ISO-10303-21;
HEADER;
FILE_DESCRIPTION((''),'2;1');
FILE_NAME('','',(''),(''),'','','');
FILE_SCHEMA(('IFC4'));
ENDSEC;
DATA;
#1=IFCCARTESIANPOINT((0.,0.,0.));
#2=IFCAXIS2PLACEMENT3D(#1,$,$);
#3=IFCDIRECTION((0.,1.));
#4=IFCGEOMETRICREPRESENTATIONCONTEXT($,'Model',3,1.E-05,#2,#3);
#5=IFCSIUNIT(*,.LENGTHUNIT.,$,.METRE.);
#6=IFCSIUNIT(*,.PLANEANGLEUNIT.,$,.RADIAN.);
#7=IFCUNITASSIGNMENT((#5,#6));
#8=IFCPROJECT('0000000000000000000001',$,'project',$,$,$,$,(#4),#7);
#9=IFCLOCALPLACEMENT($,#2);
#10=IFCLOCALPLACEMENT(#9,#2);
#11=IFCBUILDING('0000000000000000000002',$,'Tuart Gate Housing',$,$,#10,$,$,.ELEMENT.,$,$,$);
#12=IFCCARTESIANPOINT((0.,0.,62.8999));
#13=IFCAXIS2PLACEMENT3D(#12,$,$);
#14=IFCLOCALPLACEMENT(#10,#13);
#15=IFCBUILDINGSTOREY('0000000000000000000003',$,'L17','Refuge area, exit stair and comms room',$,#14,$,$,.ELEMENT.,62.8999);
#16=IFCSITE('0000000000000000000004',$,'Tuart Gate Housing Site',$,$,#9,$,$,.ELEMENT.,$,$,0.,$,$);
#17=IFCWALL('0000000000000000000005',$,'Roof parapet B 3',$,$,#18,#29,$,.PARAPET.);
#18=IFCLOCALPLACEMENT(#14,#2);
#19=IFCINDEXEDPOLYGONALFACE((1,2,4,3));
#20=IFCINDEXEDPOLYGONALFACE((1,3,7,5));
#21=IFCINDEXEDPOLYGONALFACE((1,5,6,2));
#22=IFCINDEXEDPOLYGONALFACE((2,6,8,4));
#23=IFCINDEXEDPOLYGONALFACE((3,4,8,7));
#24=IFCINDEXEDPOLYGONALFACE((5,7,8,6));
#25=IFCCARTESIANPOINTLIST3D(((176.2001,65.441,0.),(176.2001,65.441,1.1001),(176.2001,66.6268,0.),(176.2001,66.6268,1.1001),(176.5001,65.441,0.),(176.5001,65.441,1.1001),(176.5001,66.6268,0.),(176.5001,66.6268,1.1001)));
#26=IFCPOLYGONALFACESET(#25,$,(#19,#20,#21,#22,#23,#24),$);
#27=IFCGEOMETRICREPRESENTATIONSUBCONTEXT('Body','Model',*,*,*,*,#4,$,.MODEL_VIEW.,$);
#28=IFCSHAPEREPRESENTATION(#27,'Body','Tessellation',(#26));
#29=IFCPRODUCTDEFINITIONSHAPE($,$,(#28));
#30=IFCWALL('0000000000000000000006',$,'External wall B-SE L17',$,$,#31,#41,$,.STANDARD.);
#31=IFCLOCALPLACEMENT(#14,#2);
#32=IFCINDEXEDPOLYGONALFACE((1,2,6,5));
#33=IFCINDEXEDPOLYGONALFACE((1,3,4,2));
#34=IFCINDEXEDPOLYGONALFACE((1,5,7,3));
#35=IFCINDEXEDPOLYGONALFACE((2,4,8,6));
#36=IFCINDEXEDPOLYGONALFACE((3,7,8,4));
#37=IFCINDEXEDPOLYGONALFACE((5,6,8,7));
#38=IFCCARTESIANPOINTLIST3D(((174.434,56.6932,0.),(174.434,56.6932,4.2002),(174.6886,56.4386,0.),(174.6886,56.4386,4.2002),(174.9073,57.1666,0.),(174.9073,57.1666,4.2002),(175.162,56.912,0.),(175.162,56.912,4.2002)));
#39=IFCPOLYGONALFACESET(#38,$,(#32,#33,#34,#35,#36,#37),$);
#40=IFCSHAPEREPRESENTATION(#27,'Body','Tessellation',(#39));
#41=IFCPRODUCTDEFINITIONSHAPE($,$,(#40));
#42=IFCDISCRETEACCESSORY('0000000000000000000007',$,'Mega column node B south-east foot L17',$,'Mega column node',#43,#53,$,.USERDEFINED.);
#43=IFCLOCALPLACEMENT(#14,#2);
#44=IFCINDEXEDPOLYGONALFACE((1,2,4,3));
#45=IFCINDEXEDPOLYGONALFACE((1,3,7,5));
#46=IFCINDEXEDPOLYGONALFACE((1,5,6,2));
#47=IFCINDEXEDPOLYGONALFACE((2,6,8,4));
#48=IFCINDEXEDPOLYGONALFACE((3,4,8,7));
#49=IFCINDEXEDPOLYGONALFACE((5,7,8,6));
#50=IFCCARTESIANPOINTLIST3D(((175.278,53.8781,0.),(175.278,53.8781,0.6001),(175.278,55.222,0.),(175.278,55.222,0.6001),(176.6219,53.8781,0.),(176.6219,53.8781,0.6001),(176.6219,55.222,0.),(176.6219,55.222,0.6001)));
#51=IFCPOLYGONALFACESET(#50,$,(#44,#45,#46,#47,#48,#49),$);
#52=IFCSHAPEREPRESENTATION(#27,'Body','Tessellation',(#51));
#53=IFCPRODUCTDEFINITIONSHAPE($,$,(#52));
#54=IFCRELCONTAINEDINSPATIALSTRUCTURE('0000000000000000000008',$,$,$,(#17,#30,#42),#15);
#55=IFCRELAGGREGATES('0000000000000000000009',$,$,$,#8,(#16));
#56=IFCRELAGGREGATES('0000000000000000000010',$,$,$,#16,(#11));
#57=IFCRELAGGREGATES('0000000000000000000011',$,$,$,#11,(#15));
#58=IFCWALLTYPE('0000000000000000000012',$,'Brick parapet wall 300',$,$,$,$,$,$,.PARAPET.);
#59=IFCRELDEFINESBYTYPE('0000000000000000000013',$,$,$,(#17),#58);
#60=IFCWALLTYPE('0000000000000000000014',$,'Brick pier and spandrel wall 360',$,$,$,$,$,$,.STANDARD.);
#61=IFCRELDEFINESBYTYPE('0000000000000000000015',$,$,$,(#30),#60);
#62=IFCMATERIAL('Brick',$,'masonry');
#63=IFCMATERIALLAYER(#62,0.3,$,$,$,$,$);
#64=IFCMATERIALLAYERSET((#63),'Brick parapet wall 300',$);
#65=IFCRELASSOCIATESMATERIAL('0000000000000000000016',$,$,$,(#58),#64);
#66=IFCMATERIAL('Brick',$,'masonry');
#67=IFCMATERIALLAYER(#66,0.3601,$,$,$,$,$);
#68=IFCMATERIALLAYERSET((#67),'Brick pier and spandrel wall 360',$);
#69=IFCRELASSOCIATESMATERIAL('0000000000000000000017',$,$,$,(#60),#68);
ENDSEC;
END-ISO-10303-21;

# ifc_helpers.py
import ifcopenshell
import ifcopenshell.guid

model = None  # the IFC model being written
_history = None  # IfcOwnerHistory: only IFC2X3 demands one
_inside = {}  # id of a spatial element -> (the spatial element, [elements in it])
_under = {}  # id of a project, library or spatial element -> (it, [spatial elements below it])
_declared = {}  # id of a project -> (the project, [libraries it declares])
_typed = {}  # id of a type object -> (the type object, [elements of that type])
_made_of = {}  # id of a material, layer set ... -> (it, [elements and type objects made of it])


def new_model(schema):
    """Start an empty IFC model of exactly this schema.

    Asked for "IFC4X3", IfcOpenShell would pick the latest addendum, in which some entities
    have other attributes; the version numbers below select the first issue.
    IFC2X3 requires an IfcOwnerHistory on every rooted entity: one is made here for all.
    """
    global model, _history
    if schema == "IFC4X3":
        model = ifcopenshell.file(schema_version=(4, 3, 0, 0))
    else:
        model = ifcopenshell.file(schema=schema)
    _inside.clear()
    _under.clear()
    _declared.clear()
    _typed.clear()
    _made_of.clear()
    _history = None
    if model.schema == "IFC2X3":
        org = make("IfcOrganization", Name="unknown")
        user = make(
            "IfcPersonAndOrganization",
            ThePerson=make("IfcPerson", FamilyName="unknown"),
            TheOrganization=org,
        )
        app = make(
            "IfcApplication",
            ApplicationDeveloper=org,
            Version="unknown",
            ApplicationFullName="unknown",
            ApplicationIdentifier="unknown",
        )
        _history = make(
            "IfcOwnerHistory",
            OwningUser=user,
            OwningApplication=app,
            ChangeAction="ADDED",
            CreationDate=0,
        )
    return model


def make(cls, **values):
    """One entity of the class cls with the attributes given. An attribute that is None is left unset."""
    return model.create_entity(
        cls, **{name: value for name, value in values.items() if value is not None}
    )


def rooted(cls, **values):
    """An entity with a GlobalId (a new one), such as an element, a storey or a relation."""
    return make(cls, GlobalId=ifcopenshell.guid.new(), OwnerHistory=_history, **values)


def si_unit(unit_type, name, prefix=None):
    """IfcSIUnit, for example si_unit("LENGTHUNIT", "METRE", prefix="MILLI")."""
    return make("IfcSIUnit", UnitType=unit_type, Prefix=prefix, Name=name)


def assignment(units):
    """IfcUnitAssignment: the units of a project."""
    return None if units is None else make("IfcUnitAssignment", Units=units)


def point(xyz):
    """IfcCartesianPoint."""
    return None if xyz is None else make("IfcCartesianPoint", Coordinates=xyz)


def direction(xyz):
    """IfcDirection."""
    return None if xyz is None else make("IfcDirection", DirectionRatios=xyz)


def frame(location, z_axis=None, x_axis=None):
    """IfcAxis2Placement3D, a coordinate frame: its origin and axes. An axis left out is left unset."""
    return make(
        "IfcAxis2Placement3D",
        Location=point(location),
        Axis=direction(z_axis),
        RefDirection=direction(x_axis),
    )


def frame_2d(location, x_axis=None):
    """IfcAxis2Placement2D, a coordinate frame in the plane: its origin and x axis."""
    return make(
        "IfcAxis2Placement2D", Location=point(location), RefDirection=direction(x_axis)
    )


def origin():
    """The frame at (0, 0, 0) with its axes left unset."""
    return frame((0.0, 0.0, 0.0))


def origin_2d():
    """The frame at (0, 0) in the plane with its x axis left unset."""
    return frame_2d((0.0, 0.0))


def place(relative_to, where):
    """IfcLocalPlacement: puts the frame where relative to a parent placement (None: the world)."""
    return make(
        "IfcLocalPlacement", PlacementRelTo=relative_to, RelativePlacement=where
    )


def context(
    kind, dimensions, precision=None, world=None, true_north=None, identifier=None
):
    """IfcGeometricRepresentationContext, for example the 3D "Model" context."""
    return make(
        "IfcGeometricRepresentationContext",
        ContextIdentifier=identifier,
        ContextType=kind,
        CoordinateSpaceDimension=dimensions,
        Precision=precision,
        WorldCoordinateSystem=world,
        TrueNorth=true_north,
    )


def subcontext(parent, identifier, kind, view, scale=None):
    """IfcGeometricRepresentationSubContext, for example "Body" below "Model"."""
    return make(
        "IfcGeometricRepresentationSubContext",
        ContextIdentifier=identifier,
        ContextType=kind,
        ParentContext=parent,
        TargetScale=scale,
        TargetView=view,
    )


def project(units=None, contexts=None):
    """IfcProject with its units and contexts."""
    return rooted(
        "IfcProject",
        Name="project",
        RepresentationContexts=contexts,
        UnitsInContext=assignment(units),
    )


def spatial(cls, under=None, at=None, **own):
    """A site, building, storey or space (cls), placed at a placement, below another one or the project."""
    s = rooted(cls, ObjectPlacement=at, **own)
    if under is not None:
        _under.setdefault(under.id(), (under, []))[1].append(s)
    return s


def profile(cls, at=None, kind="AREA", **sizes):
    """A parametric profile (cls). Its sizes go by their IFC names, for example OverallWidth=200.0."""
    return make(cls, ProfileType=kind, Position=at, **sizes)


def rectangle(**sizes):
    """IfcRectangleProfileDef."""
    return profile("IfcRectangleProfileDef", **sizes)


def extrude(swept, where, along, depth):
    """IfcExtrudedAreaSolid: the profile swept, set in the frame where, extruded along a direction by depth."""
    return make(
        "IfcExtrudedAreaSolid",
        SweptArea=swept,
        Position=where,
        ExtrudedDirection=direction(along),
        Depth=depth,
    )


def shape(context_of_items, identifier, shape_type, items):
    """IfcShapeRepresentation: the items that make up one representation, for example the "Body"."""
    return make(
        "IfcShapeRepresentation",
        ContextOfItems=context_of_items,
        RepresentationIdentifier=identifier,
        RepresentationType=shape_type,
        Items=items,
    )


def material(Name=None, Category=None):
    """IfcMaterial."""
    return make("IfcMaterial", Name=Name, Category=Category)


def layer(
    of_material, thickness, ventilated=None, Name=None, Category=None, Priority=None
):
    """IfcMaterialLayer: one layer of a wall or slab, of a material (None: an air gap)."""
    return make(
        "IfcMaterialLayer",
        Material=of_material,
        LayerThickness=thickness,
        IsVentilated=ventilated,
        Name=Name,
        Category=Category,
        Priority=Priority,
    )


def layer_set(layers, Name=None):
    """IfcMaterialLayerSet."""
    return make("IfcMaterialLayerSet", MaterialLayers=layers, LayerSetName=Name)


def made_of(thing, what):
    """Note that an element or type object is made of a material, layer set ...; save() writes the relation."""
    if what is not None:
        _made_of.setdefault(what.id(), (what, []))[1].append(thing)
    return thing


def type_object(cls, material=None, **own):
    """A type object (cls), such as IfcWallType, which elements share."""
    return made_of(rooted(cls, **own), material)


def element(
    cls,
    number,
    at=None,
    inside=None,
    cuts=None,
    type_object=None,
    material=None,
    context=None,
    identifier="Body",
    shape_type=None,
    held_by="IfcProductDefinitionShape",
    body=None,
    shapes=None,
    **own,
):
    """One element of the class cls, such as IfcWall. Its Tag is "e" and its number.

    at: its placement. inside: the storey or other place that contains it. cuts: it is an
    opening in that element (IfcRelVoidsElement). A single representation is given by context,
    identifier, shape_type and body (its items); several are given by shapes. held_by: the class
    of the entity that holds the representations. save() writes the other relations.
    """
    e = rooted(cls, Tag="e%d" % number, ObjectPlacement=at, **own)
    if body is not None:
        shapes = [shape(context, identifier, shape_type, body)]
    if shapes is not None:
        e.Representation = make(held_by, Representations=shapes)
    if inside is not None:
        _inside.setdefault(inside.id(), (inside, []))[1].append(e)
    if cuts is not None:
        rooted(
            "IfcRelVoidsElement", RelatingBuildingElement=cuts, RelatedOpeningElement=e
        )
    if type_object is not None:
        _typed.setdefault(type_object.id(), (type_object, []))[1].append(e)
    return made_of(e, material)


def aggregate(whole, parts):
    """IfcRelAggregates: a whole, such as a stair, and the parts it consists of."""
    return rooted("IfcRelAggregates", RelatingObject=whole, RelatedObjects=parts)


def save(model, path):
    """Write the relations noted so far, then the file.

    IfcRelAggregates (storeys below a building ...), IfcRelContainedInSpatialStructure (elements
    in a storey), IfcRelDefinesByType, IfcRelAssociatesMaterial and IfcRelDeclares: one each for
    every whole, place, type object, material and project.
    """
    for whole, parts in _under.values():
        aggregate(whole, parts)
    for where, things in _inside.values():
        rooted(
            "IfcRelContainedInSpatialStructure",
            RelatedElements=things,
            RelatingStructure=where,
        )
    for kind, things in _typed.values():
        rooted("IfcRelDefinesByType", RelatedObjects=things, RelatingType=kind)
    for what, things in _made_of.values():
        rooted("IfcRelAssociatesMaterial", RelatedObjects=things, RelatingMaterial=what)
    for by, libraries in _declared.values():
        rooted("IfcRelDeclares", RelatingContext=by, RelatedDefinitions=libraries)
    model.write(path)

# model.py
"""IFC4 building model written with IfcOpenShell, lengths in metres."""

from ifc_helpers import new_model, si_unit, direction, frame, frame_2d, origin, origin_2d, place, context, subcontext, project, spatial, rectangle, extrude, material, layer, layer_set, type_object, element, save


model = new_model("IFC4")

# Units and contexts
model_context = context("Model", 3, precision=1e-05, world=origin(), true_north=direction((0.0, 1.0)))
body_context = subcontext(model_context, "Body", "Model", "MODEL_VIEW")
ifc_project = project(units=[si_unit("LENGTHUNIT", "METRE"), si_unit("PLANEANGLEUNIT", "RADIAN")], contexts=[model_context])

# Site, building, storey
site_placement = place(None, origin())
site = spatial("IfcSite", under=ifc_project, at=site_placement, Name="Tuart Gate Housing Site", CompositionType="ELEMENT", RefElevation=0.0)
building_placement = place(site_placement, origin())
building = spatial("IfcBuilding", under=site, at=building_placement, Name="Tuart Gate Housing", CompositionType="ELEMENT")
storey_placement = place(building_placement, frame((0.0, 0.0, 62.8999)))
storey = spatial("IfcBuildingStorey", under=building, at=storey_placement, Name="L17", Description="Refuge area, exit stair and comms room", CompositionType="ELEMENT", Elevation=62.8999)

# Walls
ifc_material_1 = material(Name="Brick", Category="masonry")
ifc_layer_1 = layer(ifc_material_1, 0.3)
ifc_layer_set_1 = layer_set([ifc_layer_1], Name="Brick parapet wall 300")
wall_type_1 = type_object("IfcWallType", Name="Brick parapet wall 300", PredefinedType="PARAPET", material=ifc_layer_set_1)
wall_1_placement = place(storey_placement, frame((176.3501, 65.4412, 0.0), z_axis=(0.0, 0.0, 1.0), x_axis=(0.0, 1.0, 0.0)))
element("IfcWall", 1, at=wall_1_placement, inside=storey, type_object=wall_type_1, Name="Roof parapet B 3", PredefinedType="PARAPET", context=body_context, shape_type="SweptSolid", body=[
    extrude(rectangle(XDim=1.1858, YDim=0.3, at=frame_2d((0.5928, 0.0))), origin(), (0.0, 0.0, 1.0), 1.1001),
])
ifc_material_2 = material(Name="Brick", Category="masonry")
ifc_layer_2 = layer(ifc_material_2, 0.3601)
ifc_layer_set_2 = layer_set([ifc_layer_2], Name="Brick pier and spandrel wall 360")
wall_type_2 = type_object("IfcWallType", Name="Brick pier and spandrel wall 360", PredefinedType="STANDARD", material=ifc_layer_set_2)
wall_2_placement = place(storey_placement, frame((174.5613, 56.5659, 0.0), z_axis=(0.0, 0.0, 1.0), x_axis=(0.707107, 0.707107, 0.0)))
element("IfcWall", 2, at=wall_2_placement, inside=storey, type_object=wall_type_2, Name="External wall B-SE L17", PredefinedType="STANDARD", context=body_context, shape_type="SweptSolid", body=[
    extrude(rectangle(XDim=0.6694, YDim=0.3601, at=frame_2d((0.3347, 0.0))), origin(), (0.0, 0.0, 1.0), 4.2002),
])

# Discrete accessory
discrete_accessory_placement = place(storey_placement, frame((175.95, 54.55, 0.0), z_axis=(0.0, 0.0, 1.0), x_axis=(1.0, 0.0, 0.0)))
element("IfcDiscreteAccessory", 3, at=discrete_accessory_placement, inside=storey, Name="Mega column node B south-east foot L17", ObjectType="Mega column node", PredefinedType="USERDEFINED", context=body_context, shape_type="SweptSolid", body=[
    extrude(rectangle(XDim=1.344, YDim=1.344, at=origin_2d()), origin(), (0.0, 0.0, 1.0), 0.6001),
])

save(model, "model.ifc")
